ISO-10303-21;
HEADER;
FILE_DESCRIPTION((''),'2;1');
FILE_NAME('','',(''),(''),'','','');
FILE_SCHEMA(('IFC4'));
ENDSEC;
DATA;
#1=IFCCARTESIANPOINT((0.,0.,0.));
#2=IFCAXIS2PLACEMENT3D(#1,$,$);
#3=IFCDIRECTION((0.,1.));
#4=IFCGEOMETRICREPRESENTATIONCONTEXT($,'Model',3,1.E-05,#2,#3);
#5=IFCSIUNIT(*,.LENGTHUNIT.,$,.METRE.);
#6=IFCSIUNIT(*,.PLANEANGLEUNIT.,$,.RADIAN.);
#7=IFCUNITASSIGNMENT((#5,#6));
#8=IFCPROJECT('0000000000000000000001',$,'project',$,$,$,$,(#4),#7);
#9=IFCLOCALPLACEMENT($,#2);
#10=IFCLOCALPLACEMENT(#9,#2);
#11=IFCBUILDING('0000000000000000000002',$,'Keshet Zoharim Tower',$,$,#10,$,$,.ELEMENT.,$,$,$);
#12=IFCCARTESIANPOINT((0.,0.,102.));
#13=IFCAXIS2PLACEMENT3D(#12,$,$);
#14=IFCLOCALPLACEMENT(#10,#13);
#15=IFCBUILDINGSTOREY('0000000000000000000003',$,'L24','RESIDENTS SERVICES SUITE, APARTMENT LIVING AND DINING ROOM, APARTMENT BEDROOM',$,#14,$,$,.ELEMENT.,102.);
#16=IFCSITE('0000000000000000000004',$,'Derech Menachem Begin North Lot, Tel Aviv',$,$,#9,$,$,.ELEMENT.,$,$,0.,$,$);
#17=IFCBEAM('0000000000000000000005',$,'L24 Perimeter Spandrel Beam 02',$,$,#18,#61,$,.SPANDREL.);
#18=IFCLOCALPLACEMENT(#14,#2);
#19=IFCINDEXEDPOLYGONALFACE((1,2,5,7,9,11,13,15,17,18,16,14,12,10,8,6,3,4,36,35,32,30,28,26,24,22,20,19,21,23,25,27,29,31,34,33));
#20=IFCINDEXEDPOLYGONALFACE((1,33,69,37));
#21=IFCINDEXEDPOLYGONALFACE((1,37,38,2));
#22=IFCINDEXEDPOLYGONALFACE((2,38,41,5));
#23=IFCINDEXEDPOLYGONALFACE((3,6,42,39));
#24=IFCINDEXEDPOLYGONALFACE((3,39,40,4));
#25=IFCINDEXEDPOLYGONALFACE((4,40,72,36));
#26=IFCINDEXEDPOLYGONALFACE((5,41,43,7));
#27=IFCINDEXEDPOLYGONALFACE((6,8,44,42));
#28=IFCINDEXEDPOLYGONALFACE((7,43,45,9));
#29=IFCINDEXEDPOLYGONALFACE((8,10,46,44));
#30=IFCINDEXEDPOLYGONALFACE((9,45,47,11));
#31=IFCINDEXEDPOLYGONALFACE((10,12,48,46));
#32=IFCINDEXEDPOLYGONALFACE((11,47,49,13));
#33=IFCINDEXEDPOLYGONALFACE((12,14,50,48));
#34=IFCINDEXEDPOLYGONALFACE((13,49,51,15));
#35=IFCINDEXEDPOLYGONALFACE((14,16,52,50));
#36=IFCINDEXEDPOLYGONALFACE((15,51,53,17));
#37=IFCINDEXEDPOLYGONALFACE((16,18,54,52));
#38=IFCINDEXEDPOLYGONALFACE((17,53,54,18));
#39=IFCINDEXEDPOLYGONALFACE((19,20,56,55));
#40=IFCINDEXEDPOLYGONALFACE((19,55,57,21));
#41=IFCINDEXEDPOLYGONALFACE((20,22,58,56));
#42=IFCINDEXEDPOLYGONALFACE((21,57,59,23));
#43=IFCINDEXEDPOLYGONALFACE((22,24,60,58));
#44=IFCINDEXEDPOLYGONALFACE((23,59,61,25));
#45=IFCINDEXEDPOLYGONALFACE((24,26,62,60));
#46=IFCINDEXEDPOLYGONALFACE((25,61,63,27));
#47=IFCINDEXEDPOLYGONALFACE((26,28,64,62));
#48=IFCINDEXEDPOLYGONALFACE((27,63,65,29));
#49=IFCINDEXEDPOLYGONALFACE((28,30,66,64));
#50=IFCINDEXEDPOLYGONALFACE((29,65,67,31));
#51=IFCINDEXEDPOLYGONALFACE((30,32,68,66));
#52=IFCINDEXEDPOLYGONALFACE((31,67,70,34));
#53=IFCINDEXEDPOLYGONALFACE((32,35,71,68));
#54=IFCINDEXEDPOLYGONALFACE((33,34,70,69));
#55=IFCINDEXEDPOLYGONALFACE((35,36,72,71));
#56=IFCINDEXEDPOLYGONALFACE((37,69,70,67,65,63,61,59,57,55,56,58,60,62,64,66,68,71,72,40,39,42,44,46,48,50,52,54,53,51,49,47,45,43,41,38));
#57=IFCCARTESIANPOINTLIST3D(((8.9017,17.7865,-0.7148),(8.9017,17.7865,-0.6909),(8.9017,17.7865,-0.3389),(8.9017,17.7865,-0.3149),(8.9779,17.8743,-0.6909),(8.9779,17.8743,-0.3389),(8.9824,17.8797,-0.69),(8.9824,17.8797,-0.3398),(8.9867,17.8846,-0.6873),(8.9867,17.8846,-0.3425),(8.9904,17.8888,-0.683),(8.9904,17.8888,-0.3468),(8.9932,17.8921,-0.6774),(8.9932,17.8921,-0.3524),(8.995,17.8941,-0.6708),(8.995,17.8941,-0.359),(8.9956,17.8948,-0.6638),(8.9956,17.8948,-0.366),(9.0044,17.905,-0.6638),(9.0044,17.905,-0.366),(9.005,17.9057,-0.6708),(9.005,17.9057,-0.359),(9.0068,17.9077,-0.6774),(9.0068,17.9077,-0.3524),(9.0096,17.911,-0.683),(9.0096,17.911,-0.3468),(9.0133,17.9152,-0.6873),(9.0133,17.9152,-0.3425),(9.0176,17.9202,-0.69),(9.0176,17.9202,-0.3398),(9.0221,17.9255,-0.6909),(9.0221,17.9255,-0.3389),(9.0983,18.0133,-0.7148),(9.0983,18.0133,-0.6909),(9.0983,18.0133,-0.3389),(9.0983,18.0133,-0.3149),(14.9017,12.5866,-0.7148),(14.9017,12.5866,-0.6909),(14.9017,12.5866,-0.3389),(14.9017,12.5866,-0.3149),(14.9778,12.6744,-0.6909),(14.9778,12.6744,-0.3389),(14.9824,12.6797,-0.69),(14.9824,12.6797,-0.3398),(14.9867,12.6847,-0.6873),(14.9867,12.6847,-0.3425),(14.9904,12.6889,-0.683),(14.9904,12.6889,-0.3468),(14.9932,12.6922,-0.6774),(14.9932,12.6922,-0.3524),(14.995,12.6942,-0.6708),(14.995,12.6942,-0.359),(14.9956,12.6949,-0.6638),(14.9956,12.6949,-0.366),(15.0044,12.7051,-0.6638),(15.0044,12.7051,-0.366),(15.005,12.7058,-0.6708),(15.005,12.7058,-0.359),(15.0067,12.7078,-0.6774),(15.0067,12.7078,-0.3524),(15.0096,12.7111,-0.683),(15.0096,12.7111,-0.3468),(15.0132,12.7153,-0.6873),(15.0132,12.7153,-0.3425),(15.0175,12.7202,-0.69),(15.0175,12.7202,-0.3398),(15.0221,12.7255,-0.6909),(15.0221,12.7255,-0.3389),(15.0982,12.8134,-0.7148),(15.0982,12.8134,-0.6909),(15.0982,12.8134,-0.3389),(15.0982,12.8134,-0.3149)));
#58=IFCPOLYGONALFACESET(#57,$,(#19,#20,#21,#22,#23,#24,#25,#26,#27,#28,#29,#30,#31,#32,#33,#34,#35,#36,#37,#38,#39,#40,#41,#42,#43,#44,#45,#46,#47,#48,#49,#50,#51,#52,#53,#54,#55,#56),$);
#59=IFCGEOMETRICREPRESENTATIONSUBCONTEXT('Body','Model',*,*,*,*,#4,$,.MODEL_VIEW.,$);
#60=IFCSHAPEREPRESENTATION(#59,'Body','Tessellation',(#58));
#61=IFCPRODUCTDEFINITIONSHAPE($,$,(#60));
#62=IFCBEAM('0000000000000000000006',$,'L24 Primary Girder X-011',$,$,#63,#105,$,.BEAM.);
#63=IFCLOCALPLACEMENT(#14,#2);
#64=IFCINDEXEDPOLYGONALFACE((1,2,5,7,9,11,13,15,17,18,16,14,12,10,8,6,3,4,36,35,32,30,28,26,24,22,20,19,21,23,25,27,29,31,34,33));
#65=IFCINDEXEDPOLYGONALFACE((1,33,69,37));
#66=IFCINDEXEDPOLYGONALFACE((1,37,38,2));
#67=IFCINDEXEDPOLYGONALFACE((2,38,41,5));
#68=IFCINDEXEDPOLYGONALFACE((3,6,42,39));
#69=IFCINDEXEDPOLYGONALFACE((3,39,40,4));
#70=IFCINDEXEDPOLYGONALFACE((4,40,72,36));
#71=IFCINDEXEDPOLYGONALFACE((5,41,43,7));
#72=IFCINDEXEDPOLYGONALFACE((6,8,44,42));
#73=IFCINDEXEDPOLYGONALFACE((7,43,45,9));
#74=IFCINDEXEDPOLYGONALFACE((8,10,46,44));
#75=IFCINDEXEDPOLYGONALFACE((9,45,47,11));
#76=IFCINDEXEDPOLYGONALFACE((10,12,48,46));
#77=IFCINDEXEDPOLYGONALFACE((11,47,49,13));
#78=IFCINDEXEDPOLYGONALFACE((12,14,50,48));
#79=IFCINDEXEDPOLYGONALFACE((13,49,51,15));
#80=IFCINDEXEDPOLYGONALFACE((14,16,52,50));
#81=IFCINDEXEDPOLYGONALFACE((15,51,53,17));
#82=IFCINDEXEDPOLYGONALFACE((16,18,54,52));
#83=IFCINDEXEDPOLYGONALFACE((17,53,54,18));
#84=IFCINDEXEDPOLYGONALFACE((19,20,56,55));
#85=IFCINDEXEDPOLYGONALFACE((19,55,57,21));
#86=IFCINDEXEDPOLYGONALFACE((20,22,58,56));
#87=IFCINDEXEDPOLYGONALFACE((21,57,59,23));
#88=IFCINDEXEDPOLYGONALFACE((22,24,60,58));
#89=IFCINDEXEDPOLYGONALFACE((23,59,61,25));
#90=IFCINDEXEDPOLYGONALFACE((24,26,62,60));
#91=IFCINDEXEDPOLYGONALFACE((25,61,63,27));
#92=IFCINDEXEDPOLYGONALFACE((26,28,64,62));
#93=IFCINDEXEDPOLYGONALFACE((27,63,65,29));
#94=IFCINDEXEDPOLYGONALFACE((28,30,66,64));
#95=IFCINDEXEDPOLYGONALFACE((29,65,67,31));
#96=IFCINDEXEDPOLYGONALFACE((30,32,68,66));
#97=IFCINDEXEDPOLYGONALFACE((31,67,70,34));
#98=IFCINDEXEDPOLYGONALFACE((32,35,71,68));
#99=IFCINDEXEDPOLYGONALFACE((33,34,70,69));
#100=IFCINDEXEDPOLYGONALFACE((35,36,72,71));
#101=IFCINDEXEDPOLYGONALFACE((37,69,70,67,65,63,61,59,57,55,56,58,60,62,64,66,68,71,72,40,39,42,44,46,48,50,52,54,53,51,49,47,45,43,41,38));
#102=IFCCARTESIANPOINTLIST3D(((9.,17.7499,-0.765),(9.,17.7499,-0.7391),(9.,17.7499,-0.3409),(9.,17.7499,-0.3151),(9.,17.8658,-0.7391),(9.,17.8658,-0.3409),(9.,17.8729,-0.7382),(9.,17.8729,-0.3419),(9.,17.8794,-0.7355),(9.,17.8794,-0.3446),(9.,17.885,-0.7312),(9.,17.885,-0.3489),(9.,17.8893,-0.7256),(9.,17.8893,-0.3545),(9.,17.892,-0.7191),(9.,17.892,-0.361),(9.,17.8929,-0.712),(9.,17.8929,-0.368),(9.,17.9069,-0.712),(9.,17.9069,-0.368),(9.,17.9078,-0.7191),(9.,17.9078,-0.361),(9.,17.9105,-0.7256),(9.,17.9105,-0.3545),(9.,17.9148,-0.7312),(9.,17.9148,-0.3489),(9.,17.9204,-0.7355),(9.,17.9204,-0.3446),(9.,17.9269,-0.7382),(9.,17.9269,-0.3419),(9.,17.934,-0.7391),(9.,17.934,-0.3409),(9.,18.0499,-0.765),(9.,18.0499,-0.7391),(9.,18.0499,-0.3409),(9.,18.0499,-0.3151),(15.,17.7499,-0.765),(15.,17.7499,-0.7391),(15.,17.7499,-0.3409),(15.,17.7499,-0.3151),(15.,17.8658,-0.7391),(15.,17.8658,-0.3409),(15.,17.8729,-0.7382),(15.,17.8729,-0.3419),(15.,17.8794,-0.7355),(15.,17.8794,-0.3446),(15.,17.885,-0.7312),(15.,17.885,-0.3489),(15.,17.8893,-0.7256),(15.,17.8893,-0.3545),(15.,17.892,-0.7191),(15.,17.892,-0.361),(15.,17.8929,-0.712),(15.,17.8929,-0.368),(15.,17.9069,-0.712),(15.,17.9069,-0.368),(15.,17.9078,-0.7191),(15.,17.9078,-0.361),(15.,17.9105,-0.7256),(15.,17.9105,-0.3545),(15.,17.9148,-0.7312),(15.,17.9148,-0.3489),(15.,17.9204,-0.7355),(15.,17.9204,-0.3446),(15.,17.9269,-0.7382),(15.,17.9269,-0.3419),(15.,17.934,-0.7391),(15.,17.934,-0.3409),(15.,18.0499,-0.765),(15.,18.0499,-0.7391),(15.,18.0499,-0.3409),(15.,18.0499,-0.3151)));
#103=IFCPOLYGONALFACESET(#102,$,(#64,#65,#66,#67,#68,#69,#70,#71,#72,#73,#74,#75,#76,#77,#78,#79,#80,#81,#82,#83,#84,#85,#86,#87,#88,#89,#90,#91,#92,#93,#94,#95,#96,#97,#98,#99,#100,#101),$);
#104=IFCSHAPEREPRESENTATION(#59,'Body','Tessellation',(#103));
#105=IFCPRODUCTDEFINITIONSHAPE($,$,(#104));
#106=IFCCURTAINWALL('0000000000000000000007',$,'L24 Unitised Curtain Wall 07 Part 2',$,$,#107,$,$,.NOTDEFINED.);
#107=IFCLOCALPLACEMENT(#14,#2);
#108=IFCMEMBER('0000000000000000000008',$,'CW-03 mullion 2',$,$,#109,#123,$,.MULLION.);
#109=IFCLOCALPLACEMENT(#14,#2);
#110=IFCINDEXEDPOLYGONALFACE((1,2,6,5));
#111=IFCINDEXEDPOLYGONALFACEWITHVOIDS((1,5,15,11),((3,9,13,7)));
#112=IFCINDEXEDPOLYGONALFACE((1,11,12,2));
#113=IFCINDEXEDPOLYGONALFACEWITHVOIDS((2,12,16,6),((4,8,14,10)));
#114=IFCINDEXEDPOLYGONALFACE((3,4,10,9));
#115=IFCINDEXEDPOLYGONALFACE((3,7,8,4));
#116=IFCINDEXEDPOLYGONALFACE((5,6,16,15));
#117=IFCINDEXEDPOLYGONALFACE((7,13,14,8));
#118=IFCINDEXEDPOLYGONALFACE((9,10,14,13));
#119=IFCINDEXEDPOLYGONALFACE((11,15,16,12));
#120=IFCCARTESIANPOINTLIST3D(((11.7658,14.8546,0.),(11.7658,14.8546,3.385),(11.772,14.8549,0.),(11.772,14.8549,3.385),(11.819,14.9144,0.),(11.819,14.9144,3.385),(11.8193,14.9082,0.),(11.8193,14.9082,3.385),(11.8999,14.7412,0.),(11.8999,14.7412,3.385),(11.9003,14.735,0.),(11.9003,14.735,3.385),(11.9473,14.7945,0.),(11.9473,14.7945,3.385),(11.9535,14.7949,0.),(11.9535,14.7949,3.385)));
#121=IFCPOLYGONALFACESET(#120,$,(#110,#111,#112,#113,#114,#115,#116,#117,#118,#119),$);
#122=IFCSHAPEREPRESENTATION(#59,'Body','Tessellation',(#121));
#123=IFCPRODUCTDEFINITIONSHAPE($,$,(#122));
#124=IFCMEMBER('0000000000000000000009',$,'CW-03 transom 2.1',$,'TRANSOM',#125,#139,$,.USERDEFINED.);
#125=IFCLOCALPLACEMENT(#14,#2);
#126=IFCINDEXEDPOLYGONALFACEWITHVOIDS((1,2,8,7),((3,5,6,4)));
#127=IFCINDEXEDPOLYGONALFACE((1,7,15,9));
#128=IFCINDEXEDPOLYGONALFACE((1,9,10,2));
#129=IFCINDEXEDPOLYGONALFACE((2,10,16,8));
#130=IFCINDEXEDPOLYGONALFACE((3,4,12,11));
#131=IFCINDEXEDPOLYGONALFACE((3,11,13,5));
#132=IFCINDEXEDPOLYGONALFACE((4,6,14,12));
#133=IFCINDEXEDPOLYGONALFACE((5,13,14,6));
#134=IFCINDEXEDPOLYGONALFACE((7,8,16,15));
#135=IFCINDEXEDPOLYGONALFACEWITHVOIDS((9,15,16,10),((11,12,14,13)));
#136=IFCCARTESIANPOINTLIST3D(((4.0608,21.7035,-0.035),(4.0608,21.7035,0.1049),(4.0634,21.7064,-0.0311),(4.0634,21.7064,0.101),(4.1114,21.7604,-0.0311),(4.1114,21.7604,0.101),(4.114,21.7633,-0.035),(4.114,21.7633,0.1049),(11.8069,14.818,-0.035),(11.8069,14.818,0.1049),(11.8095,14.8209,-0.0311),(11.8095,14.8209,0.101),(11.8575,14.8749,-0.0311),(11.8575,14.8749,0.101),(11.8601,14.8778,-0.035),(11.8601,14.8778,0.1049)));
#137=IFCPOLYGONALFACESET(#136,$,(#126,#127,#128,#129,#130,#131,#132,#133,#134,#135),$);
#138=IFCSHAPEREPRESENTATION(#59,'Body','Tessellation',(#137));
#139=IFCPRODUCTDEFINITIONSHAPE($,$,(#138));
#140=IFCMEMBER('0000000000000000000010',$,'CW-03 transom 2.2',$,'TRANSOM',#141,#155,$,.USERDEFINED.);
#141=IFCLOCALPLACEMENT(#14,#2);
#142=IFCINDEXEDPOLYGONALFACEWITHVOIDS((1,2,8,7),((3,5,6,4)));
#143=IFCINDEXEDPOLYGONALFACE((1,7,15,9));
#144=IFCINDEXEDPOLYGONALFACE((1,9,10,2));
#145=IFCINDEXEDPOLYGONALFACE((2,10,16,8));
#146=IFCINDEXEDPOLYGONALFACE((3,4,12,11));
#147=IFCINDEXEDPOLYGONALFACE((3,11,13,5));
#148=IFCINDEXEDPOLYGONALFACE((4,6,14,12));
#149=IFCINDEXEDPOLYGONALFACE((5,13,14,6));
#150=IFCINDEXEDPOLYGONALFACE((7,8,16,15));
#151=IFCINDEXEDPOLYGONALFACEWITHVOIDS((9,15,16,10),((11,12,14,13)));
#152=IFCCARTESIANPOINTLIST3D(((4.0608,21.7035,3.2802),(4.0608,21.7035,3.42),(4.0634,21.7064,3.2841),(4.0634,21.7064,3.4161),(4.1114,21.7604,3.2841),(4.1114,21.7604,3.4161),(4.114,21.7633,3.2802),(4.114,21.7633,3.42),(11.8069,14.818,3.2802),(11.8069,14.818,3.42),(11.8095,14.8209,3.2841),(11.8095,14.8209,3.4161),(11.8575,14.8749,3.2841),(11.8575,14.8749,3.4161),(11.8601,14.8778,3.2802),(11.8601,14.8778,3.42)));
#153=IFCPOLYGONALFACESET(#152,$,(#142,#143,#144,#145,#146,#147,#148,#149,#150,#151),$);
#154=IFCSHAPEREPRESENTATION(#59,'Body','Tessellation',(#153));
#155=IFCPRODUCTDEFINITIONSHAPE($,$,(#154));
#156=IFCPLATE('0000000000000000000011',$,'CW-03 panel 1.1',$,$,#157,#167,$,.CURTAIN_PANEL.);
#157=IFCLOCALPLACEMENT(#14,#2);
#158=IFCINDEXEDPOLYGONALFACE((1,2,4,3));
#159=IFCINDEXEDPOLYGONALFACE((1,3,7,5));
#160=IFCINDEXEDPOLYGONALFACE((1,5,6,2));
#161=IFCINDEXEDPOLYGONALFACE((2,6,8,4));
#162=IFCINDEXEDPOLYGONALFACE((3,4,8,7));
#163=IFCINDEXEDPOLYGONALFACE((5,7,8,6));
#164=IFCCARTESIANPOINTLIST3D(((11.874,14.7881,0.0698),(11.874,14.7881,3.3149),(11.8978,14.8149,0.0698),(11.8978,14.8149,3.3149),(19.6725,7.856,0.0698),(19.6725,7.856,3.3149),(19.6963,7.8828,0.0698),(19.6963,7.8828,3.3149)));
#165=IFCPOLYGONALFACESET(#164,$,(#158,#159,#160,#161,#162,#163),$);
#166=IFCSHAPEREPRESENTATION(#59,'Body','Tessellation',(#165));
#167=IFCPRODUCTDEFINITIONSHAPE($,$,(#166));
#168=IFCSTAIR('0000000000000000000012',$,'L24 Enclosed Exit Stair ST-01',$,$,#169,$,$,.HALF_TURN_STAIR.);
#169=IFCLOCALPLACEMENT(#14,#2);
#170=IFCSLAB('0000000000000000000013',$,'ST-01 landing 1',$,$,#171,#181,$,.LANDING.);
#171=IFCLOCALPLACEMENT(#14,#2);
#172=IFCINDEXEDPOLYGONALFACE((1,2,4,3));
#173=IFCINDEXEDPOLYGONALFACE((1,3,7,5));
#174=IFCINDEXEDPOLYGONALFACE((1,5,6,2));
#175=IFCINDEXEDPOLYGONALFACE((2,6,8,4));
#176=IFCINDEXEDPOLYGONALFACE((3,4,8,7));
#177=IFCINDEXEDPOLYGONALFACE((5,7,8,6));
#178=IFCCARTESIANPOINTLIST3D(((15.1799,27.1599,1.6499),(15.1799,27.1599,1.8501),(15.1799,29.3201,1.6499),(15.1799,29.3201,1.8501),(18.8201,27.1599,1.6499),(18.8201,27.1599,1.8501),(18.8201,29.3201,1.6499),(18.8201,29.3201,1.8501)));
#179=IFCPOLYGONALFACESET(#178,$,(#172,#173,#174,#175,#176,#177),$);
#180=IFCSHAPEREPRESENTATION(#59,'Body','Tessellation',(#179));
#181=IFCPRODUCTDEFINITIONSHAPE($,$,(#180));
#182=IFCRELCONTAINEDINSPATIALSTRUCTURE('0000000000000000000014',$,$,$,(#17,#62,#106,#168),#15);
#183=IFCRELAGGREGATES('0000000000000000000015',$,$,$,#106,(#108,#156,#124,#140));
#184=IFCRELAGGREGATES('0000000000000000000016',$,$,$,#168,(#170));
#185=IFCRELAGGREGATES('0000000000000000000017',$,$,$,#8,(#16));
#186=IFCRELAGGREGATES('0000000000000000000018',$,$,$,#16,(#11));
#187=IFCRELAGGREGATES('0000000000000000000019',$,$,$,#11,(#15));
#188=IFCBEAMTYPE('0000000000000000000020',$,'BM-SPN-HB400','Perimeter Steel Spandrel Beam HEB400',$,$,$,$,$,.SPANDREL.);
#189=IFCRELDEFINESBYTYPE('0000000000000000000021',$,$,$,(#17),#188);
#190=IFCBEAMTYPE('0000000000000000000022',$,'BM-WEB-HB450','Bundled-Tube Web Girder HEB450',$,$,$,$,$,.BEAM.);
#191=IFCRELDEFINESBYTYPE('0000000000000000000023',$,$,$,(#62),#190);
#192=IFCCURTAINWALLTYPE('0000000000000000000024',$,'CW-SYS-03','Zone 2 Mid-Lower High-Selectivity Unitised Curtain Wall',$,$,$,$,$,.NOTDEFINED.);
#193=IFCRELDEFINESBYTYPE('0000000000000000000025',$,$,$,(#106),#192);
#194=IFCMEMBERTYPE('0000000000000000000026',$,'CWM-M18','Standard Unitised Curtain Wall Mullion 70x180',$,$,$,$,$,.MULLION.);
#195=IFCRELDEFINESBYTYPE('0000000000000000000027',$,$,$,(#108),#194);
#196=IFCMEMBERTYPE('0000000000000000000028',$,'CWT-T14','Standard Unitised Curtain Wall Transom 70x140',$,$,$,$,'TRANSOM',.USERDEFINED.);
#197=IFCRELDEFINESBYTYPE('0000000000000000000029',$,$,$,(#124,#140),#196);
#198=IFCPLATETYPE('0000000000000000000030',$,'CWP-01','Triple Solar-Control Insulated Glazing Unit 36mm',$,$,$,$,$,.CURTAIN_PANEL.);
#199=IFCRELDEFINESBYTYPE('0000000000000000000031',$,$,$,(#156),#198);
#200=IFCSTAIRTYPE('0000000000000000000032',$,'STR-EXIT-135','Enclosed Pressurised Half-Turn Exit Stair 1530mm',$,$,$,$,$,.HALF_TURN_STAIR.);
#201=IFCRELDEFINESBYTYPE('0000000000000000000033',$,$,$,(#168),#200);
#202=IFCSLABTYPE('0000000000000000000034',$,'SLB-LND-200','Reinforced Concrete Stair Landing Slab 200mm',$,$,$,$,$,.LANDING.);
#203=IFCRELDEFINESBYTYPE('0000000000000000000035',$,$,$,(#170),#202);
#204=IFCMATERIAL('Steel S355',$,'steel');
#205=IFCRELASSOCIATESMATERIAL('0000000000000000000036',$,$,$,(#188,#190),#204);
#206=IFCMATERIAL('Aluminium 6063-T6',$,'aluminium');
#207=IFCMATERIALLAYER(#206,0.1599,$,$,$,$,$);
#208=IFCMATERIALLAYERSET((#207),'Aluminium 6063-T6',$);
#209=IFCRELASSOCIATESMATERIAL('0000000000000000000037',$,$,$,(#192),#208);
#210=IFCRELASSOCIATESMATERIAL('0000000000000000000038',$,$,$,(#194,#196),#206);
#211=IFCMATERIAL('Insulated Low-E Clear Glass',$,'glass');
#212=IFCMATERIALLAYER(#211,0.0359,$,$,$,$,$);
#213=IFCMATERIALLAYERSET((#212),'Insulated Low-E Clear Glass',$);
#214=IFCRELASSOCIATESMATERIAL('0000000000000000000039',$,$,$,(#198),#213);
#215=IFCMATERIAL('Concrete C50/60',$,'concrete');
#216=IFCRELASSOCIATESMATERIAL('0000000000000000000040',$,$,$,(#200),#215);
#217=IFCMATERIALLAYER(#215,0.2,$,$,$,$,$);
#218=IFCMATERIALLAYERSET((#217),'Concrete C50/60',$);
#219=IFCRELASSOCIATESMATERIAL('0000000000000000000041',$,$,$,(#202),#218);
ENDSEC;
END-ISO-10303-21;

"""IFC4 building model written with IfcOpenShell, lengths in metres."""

from ifc_helpers import new_model, si_unit, direction, frame, origin, origin_2d, place, context, subcontext, project, spatial, polyline, rectangle, hollow_rectangle, i_section, outline, extrude, material, layer, layer_set, material_profile, profile_set, type_object, element, aggregate, save


model = new_model("IFC4")

# Units and contexts
model_context = context("Model", 3, precision=1e-05, world=origin(), true_north=direction((0.0, 1.0)))
body_context = subcontext(model_context, "Body", "Model", "MODEL_VIEW")
ifc_project = project(units=[si_unit("LENGTHUNIT", "METRE"), si_unit("PLANEANGLEUNIT", "RADIAN")], contexts=[model_context])

# Site, building, storey
site_placement = place(None, origin())
site = spatial("IfcSite", under=ifc_project, at=site_placement, Name="Derech Menachem Begin North Lot, Tel Aviv", CompositionType="ELEMENT", RefElevation=0.0)
building_placement = place(site_placement, origin())
building = spatial("IfcBuilding", under=site, at=building_placement, Name="Keshet Zoharim Tower", CompositionType="ELEMENT")
storey_placement = place(building_placement, frame((0.0, 0.0, 102.0)))
storey = spatial("IfcBuildingStorey", under=building, at=storey_placement, Name="L24", Description="RESIDENTS SERVICES SUITE, APARTMENT LIVING AND DINING ROOM, APARTMENT BEDROOM", CompositionType="ELEMENT", Elevation=102.0)

# Shared definitions
ifc_material_1 = material(Name="Steel S355", Category="steel")

# Beams
ifc_material_profile_1 = material_profile(ifc_material_1, i_section(OverallWidth=0.3, OverallDepth=0.3999, WebThickness=0.0134, FlangeThickness=0.0239, FilletRadius=0.0271, at=origin_2d()), Name="HEB400")
ifc_profile_set_1 = profile_set([ifc_material_profile_1], Name="Steel S355")
beam_type_1 = type_object("IfcBeamType", Name="BM-SPN-HB400", Description="Perimeter Steel Spandrel Beam HEB400", PredefinedType="SPANDREL", material=ifc_profile_set_1)
beam_1_placement = place(storey_placement, frame((9.0, 17.8999, -0.5149), z_axis=(0.755692, -0.654927, 0.0), x_axis=(0.654927, 0.755692, 0.0)))
element("IfcBeam", 1, at=beam_1_placement, inside=storey, type_object=beam_type_1, Name="L24 Perimeter Spandrel Beam 02", PredefinedType="SPANDREL", context=body_context, shape_type="SweptSolid", body=[
    extrude(i_section(OverallWidth=0.3, OverallDepth=0.3999, WebThickness=0.0134, FlangeThickness=0.0239, FilletRadius=0.0271, at=origin_2d()), origin(), (0.0, 0.0, 1.0), 7.9397),
])
ifc_material_profile_2 = material_profile(ifc_material_1, i_section(OverallWidth=0.3, OverallDepth=0.45, WebThickness=0.0139, FlangeThickness=0.0259, FilletRadius=0.0271, at=origin_2d()), Name="HEB450")
ifc_profile_set_2 = profile_set([ifc_material_profile_2], Name="Steel S355")
beam_type_2 = type_object("IfcBeamType", Name="BM-WEB-HB450", Description="Bundled-Tube Web Girder HEB450", PredefinedType="BEAM", material=ifc_profile_set_2)
beam_2_placement = place(storey_placement, frame((9.0, 17.8999, -0.54), z_axis=(1.0, 0.0, 0.0), x_axis=(0.0, 1.0, 0.0)))
element("IfcBeam", 2, at=beam_2_placement, inside=storey, type_object=beam_type_2, Name="L24 Primary Girder X-011", PredefinedType="BEAM", context=body_context, shape_type="SweptSolid", body=[
    extrude(i_section(OverallWidth=0.3, OverallDepth=0.45, WebThickness=0.0139, FlangeThickness=0.0259, FilletRadius=0.0271, at=origin_2d()), origin(), (0.0, 0.0, 1.0), 6.0),
])

# Curtain wall, members, plate
ifc_material_2 = material(Name="Aluminium 6063-T6", Category="aluminium")
ifc_layer_1 = layer(ifc_material_2, 0.1599)
ifc_layer_set_1 = layer_set([ifc_layer_1], Name="Aluminium 6063-T6")
curtain_wall_type = type_object("IfcCurtainWallType", Name="CW-SYS-03", Description="Zone 2 Mid-Lower High-Selectivity Unitised Curtain Wall", PredefinedType="NOTDEFINED", material=ifc_layer_set_1)
curtain_wall_placement = place(storey_placement, origin())
curtain_wall = element("IfcCurtainWall", 3, at=curtain_wall_placement, inside=storey, type_object=curtain_wall_type, Name="L24 Unitised Curtain Wall 07 Part 2", PredefinedType="NOTDEFINED")
ifc_material_profile_3 = material_profile(ifc_material_2, hollow_rectangle(XDim=0.0801, YDim=0.1799, WallThickness=0.0044, at=origin_2d()), Name="MUL-80x180")
ifc_profile_set_3 = profile_set([ifc_material_profile_3], Name="Aluminium 6063-T6")
member_type_1 = type_object("IfcMemberType", Name="CWM-M18", Description="Standard Unitised Curtain Wall Mullion 70x180", PredefinedType="MULLION", material=ifc_profile_set_3)
member_1_placement = place(storey_placement, frame((11.8596, 14.8247, 0.0), z_axis=(0.0, 0.0, 1.0), x_axis=(-0.664364, -0.747409, 0.0)))
member_1 = element("IfcMember", 4, at=member_1_placement, type_object=member_type_1, Name="CW-03 mullion 2", PredefinedType="MULLION", context=body_context, shape_type="SweptSolid", body=[
    extrude(hollow_rectangle(XDim=0.0801, YDim=0.1799, WallThickness=0.0044, at=origin_2d()), origin(), (0.0, 0.0, 1.0), 3.385),
])
ifc_material_profile_4 = material_profile(ifc_material_2, hollow_rectangle(XDim=0.0801, YDim=0.1399, WallThickness=0.0039, at=origin_2d()), Name="TRN-80x140")
ifc_profile_set_4 = profile_set([ifc_material_profile_4], Name="Aluminium 6063-T6")
member_type_2 = type_object("IfcMemberType", Name="CWT-T14", Description="Standard Unitised Curtain Wall Transom 70x140", ElementType="TRANSOM", PredefinedType="USERDEFINED", material=ifc_profile_set_4)
member_2_placement = place(storey_placement, frame((11.8335, 14.8479, 0.0349), z_axis=(-0.747405, 0.664368, 0.0), x_axis=(-0.664368, -0.747405, 0.0)))
member_2 = element("IfcMember", 5, at=member_2_placement, type_object=member_type_2, Name="CW-03 transom 2.1", ObjectType="TRANSOM", PredefinedType="USERDEFINED", context=body_context, shape_type="SweptSolid", body=[
    extrude(hollow_rectangle(XDim=0.0801, YDim=0.1399, WallThickness=0.0039, at=origin_2d()), origin(), (0.0, 0.0, 1.0), 10.364),
])
member_3_placement = place(storey_placement, frame((11.8335, 14.8479, 3.3501), z_axis=(-0.747405, 0.664368, 0.0), x_axis=(-0.664368, -0.747405, 0.0)))
member_3 = element("IfcMember", 6, at=member_3_placement, type_object=member_type_2, Name="CW-03 transom 2.2", ObjectType="TRANSOM", PredefinedType="USERDEFINED", context=body_context, shape_type="SweptSolid", body=[
    extrude(hollow_rectangle(XDim=0.0801, YDim=0.1399, WallThickness=0.0039, at=origin_2d()), origin(), (0.0, 0.0, 1.0), 10.364),
])
ifc_material_3 = material(Name="Insulated Low-E Clear Glass", Category="glass")
ifc_layer_2 = layer(ifc_material_3, 0.0359)
ifc_layer_set_2 = layer_set([ifc_layer_2], Name="Insulated Low-E Clear Glass")
plate_type = type_object("IfcPlateType", Name="CWP-01", Description="Triple Solar-Control Insulated Glazing Unit 36mm", PredefinedType="CURTAIN_PANEL", material=ifc_layer_set_2)
plate_placement = place(storey_placement, frame((15.7852, 11.3354, 0.0698), z_axis=(0.0, 0.0, 1.0), x_axis=(-0.747409, 0.664364, 0.0)))
plate = element("IfcPlate", 7, at=plate_placement, type_object=plate_type, Name="CW-03 panel 1.1", PredefinedType="CURTAIN_PANEL", context=body_context, shape_type="SweptSolid", body=[
    extrude(rectangle(XDim=10.4341, YDim=0.0359, at=origin_2d()), origin(), (0.0, 0.0, 1.0), 3.2451),
])
aggregate(curtain_wall, [member_1, plate, member_2, member_3])

# Stair, slab
ifc_material_4 = material(Name="Concrete C50/60", Category="concrete")
stair_type = type_object("IfcStairType", Name="STR-EXIT-135", Description="Enclosed Pressurised Half-Turn Exit Stair 1530mm", PredefinedType="HALF_TURN_STAIR", material=ifc_material_4)
stair_1_placement = place(storey_placement, origin())
stair_1 = element("IfcStair", 8, at=stair_1_placement, inside=storey, type_object=stair_type, Name="L24 Enclosed Exit Stair ST-01", PredefinedType="HALF_TURN_STAIR")
ifc_layer_3 = layer(ifc_material_4, 0.2)
ifc_layer_set_3 = layer_set([ifc_layer_3], Name="Concrete C50/60")
slab_type_1 = type_object("IfcSlabType", Name="SLB-LND-200", Description="Reinforced Concrete Stair Landing Slab 200mm", PredefinedType="LANDING", material=ifc_layer_set_3)
slab_1_placement = place(storey_placement, frame((0.0, 0.0, 1.6499)))
slab_1 = element("IfcSlab", 9, at=slab_1_placement, type_object=slab_type_1, Name="ST-01 landing 1", PredefinedType="LANDING", context=body_context, shape_type="SweptSolid", body=[
    extrude(outline(polyline([(15.1799, 27.1599), (18.8201, 27.1599), (18.8201, 29.3201), (15.1799, 29.3201), (15.1799, 27.1599)])), origin(), (0.0, 0.0, 1.0), 0.2002),
])
aggregate(stair_1, [slab_1])

save(model, "model.ifc")
